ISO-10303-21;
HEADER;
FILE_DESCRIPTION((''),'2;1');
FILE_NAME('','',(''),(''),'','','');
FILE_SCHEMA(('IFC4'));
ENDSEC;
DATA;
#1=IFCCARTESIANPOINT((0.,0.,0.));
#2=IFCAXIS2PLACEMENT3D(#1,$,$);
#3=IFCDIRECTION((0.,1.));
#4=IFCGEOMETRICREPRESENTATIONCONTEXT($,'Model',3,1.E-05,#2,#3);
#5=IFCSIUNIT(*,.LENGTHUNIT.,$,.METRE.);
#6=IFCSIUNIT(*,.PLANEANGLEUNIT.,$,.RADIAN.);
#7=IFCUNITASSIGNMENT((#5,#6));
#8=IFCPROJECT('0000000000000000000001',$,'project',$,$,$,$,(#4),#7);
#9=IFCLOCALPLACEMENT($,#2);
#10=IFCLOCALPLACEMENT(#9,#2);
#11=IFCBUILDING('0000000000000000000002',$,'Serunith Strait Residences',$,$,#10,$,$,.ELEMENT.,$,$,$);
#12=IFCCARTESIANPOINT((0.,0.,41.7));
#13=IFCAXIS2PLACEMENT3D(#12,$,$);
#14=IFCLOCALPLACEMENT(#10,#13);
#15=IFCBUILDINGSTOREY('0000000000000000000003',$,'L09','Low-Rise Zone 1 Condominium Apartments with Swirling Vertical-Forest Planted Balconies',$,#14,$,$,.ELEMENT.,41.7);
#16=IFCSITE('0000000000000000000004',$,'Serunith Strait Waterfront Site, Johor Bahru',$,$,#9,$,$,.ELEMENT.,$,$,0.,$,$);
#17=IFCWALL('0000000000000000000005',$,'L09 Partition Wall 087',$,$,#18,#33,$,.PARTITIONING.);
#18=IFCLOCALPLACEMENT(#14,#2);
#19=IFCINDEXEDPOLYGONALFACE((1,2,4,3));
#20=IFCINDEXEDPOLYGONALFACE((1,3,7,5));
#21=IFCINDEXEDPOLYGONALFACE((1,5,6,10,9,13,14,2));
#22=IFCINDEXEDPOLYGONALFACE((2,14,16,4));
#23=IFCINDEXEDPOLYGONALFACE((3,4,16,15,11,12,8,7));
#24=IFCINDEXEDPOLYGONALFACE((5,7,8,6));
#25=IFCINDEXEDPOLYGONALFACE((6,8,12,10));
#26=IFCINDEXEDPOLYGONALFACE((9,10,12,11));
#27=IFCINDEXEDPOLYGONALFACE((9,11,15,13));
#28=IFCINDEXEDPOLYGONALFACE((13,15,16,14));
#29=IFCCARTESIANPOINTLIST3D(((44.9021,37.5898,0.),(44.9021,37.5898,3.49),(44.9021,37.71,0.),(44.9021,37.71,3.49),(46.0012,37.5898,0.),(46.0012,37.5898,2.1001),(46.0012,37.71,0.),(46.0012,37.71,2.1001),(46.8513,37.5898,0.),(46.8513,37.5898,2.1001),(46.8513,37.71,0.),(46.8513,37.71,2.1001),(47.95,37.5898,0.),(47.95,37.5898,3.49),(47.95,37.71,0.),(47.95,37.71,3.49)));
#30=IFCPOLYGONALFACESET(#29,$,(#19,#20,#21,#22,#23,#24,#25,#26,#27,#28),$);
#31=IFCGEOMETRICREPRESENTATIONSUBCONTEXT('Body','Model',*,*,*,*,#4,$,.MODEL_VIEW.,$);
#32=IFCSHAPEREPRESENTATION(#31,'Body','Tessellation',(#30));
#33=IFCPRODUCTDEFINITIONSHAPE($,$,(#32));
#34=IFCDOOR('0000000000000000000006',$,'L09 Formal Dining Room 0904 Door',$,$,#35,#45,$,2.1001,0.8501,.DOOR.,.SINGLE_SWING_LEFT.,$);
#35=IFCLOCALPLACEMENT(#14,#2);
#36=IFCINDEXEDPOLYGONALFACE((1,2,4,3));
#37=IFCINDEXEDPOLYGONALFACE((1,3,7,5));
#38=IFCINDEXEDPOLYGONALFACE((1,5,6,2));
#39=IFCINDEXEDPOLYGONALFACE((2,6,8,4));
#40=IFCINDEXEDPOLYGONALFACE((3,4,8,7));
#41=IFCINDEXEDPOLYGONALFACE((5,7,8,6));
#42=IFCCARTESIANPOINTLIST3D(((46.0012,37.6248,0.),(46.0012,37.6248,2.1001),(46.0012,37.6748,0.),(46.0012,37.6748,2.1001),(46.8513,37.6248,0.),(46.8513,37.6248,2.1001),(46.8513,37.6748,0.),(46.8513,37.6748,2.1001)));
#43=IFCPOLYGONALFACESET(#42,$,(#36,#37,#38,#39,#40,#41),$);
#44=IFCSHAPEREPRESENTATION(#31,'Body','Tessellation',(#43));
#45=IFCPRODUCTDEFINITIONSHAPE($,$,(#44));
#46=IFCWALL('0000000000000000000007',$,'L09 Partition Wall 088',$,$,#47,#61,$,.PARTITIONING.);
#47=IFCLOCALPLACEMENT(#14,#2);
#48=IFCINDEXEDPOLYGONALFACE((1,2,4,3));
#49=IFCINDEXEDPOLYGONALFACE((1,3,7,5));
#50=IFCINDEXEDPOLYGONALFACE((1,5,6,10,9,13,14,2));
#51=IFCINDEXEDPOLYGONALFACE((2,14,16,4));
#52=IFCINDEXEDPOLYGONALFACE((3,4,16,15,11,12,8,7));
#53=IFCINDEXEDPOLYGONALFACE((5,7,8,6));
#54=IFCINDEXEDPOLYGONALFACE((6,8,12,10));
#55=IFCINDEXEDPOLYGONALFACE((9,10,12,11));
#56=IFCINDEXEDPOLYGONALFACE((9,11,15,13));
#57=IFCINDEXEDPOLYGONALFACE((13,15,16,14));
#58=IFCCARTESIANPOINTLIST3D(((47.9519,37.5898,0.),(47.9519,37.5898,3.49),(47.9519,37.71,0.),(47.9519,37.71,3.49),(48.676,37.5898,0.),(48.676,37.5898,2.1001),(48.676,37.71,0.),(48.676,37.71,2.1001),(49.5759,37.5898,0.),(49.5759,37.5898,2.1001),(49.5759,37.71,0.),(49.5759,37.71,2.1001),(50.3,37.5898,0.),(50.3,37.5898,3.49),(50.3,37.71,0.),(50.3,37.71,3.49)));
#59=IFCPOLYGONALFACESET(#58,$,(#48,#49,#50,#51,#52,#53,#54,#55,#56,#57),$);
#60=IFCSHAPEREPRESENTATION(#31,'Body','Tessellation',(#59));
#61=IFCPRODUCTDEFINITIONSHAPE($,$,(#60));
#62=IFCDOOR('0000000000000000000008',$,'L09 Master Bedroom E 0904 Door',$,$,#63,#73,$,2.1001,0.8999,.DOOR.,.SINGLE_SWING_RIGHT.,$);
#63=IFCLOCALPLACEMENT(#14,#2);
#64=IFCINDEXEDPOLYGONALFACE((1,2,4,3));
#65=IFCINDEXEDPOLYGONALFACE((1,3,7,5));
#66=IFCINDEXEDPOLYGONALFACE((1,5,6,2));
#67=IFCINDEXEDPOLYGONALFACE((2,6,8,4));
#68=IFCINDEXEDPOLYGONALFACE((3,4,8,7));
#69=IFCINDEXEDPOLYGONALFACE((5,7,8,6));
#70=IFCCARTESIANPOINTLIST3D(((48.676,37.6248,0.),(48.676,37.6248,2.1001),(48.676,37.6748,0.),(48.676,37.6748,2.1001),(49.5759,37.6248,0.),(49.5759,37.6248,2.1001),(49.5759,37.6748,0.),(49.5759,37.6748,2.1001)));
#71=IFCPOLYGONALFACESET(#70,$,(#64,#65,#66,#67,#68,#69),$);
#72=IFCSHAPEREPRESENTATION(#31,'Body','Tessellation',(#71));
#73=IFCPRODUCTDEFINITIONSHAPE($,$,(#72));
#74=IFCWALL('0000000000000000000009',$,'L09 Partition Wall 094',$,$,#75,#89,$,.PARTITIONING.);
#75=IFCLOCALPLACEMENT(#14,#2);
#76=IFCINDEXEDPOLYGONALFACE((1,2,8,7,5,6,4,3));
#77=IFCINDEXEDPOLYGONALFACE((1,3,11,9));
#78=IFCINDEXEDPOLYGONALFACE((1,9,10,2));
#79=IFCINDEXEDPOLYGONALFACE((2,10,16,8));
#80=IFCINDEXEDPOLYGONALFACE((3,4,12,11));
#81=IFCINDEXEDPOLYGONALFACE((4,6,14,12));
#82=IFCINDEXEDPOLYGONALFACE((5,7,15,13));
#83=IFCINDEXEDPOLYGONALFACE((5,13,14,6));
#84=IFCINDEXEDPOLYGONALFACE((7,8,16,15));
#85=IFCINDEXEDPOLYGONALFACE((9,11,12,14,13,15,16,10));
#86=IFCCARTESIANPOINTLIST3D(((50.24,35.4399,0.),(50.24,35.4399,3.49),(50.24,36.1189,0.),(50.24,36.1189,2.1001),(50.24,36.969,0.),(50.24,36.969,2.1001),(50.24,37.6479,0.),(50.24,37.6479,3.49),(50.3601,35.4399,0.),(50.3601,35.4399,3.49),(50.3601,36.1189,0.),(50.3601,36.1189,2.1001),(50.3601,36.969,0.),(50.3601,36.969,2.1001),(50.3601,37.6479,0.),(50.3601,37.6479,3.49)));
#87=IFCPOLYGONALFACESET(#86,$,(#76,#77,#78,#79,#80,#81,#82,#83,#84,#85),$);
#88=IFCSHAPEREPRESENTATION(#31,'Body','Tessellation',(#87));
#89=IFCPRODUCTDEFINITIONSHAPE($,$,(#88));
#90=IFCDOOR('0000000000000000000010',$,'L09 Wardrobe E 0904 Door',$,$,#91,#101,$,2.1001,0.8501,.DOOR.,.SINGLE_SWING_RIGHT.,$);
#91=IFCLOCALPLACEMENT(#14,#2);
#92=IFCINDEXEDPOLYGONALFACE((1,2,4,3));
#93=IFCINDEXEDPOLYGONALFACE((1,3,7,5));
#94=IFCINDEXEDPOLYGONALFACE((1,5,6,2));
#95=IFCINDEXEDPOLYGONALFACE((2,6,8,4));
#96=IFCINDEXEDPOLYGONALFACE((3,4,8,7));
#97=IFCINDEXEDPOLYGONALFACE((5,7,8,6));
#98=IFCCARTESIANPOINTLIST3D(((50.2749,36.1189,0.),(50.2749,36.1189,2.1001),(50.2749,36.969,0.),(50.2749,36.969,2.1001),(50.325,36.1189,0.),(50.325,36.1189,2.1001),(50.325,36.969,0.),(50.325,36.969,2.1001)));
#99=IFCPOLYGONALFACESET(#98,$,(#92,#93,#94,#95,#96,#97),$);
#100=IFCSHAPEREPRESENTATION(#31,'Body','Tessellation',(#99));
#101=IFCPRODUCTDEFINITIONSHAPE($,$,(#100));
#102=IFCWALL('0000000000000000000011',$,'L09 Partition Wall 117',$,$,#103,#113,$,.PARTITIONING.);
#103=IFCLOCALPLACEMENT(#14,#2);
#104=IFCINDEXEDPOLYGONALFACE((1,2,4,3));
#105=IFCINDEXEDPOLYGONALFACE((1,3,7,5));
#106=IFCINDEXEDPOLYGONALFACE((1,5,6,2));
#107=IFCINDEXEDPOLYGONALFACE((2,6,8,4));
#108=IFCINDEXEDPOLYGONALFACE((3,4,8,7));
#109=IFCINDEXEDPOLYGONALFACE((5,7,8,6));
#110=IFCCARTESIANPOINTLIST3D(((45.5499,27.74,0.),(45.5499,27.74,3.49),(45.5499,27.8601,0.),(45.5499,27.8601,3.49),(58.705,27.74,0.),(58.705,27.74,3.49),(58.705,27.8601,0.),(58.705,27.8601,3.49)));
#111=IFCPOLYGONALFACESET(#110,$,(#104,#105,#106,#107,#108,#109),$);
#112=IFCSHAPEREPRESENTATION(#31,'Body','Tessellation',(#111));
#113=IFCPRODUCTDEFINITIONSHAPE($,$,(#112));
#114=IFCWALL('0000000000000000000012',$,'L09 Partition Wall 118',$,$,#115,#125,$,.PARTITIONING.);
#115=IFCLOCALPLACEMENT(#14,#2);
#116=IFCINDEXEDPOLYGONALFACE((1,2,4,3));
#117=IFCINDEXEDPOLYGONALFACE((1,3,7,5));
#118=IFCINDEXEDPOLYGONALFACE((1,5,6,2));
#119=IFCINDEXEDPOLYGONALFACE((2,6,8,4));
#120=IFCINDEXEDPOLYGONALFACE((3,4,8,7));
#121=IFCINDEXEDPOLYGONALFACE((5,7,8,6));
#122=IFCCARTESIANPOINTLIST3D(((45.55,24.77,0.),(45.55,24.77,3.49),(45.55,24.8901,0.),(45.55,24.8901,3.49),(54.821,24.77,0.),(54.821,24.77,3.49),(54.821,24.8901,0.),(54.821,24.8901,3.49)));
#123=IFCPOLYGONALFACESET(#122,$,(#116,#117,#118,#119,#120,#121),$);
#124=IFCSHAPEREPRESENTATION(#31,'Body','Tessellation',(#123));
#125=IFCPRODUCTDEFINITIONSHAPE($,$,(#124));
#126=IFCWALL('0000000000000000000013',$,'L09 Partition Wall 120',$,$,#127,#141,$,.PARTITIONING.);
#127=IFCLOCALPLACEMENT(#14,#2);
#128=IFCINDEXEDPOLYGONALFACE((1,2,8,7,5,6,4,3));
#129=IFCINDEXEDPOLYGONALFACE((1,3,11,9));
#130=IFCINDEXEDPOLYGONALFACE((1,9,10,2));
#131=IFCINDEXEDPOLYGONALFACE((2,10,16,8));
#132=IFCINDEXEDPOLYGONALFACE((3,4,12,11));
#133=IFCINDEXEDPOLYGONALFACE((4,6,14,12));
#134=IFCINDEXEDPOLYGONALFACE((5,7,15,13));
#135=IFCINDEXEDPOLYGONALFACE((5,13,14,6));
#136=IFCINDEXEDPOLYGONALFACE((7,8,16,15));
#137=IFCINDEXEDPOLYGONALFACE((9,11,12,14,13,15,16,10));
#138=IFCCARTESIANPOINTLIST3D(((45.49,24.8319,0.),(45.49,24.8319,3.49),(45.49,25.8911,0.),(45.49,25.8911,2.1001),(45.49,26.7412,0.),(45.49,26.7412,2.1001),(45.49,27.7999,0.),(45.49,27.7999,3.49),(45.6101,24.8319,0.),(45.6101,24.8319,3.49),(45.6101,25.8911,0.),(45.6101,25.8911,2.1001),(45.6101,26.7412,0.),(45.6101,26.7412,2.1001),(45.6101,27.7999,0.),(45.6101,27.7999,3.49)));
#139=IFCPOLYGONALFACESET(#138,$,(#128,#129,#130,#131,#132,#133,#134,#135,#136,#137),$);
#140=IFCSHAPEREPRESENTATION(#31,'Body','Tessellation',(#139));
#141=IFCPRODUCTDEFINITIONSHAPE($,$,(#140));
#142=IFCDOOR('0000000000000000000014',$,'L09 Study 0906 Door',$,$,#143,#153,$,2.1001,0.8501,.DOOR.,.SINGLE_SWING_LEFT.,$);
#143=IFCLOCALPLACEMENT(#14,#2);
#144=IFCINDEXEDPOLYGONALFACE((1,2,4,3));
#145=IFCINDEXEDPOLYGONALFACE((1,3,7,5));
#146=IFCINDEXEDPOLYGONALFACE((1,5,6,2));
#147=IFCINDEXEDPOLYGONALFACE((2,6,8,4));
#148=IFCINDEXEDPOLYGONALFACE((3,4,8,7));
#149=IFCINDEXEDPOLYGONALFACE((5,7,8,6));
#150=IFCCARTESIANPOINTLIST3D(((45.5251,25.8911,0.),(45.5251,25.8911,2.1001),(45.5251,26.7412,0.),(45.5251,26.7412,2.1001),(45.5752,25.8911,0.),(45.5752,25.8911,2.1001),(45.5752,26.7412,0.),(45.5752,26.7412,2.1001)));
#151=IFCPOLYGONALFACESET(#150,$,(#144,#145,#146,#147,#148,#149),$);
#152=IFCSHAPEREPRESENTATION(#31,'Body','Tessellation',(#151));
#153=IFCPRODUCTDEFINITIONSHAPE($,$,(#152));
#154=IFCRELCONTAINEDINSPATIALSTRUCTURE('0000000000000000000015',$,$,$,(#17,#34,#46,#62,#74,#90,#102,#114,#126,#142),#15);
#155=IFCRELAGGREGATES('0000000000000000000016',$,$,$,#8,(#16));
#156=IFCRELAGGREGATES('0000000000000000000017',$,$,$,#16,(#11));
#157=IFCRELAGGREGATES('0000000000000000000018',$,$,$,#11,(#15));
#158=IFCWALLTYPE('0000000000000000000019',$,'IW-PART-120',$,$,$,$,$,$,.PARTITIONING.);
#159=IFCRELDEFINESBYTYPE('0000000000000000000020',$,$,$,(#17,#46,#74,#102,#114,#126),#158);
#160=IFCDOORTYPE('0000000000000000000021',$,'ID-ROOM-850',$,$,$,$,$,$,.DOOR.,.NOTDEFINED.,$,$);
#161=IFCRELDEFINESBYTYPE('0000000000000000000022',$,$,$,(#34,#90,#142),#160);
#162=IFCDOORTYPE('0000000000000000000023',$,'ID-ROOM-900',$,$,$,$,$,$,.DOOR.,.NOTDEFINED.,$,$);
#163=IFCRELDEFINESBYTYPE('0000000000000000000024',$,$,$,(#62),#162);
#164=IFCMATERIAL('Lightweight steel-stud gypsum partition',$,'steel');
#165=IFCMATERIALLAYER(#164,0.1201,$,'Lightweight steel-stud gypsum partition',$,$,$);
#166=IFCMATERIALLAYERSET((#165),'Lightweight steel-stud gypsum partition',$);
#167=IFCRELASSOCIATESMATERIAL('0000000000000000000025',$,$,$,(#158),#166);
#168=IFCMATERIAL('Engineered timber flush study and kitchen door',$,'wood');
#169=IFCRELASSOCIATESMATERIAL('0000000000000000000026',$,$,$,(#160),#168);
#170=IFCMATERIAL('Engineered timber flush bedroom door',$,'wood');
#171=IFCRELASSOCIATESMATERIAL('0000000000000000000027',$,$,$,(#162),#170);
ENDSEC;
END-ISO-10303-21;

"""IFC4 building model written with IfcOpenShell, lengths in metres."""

from ifc_helpers import new_model, si_unit, direction, frame, frame_2d, origin, place, context, subcontext, project, spatial, rectangle, extrude, source, transform, mapped, material, layer, layer_set, type_object, element, fill, save


model = new_model("IFC4")

# Units and contexts
model_context = context("Model", 3, precision=1e-05, world=origin(), true_north=direction((0.0, 1.0)))
body_context = subcontext(model_context, "Body", "Model", "MODEL_VIEW")
ifc_project = project(units=[si_unit("LENGTHUNIT", "METRE"), si_unit("PLANEANGLEUNIT", "RADIAN")], contexts=[model_context])

# Site, building, storey
site_placement = place(None, origin())
site = spatial("IfcSite", under=ifc_project, at=site_placement, Name="Serunith Strait Waterfront Site, Johor Bahru", CompositionType="ELEMENT", RefElevation=0.0)
building_placement = place(site_placement, origin())
building = spatial("IfcBuilding", under=site, at=building_placement, Name="Serunith Strait Residences", CompositionType="ELEMENT")
storey_placement = place(building_placement, frame((0.0, 0.0, 41.7)))
storey = spatial("IfcBuildingStorey", under=building, at=storey_placement, Name="L09", Description="Low-Rise Zone 1 Condominium Apartments with Swirling Vertical-Forest Planted Balconies", CompositionType="ELEMENT", Elevation=41.7)

# Walls, openings, doors
ifc_material_1 = material(Name="Lightweight steel-stud gypsum partition", Category="steel")
ifc_layer_1 = layer(ifc_material_1, 0.1201, Name="Lightweight steel-stud gypsum partition")
ifc_layer_set_1 = layer_set([ifc_layer_1], Name="Lightweight steel-stud gypsum partition")
wall_type = type_object("IfcWallType", Name="IW-PART-120", PredefinedType="PARTITIONING", material=ifc_layer_set_1)
wall_1_placement = place(storey_placement, frame((44.9021, 37.6499, 0.0), z_axis=(0.0, 0.0, 1.0), x_axis=(1.0, 0.0, 0.0)))
wall_1 = element("IfcWall", 1, at=wall_1_placement, inside=storey, type_object=wall_type, Name="L09 Partition Wall 087", PredefinedType="PARTITIONING", context=body_context, shape_type="SweptSolid", body=[
    extrude(rectangle(XDim=3.0479, YDim=0.1201, at=frame_2d((1.5239, 0.0))), origin(), (0.0, 0.0, 1.0), 3.49),
])
opening_1_placement = place(wall_1_placement, frame((1.0991, 0.0, 0.0)))
opening_1 = element("IfcOpeningElement", 2, at=opening_1_placement, cuts=wall_1, PredefinedType="OPENING", context=body_context, shape_type="SweptSolid", body=[
    extrude(rectangle(XDim=0.8501, YDim=2.1001, at=frame_2d((0.425, 1.05))), frame((0.0, 0.0701, 0.0), z_axis=(0.0, -1.0, 0.0), x_axis=(1.0, 0.0, 0.0)), (0.0, 0.0, 1.0), 0.1401),
])
ifc_material_2 = material(Name="Engineered timber flush study and kitchen door", Category="wood")
door_type_1 = type_object("IfcDoorType", Name="ID-ROOM-850", OperationType="NOTDEFINED", PredefinedType="DOOR", material=ifc_material_2)
shared_shape_1 = source(origin(), body_context, "Body", "SweptSolid", [
    extrude(rectangle(XDim=0.8501, YDim=2.1001, at=frame_2d((0.425, 1.05))), frame((0.0, 0.0249, 0.0), z_axis=(0.0, -1.0, 0.0), x_axis=(1.0, 0.0, 0.0)), (0.0, 0.0, 1.0), 0.05),
])
door_1_placement = place(opening_1_placement, origin())
door_1 = element("IfcDoor", 3, at=door_1_placement, inside=storey, type_object=door_type_1, Name="L09 Formal Dining Room 0904 Door", OperationType="SINGLE_SWING_LEFT", OverallHeight=2.1001, OverallWidth=0.8501, PredefinedType="DOOR", context=body_context, shape_type="MappedRepresentation", body=[
    mapped(shared_shape_1, transform((0.0, 0.0, 0.0), scale=1.0)),
])
fill(opening_1, door_1)
wall_2_placement = place(storey_placement, frame((47.9519, 37.6499, 0.0), z_axis=(0.0, 0.0, 1.0), x_axis=(1.0, 0.0, 0.0)))
wall_2 = element("IfcWall", 4, at=wall_2_placement, inside=storey, type_object=wall_type, Name="L09 Partition Wall 088", PredefinedType="PARTITIONING", context=body_context, shape_type="SweptSolid", body=[
    extrude(rectangle(XDim=2.3481, YDim=0.1201, at=frame_2d((1.1741, 0.0))), origin(), (0.0, 0.0, 1.0), 3.49),
])
opening_2_placement = place(wall_2_placement, frame((0.7241, 0.0, 0.0)))
opening_2 = element("IfcOpeningElement", 5, at=opening_2_placement, cuts=wall_2, PredefinedType="OPENING", context=body_context, shape_type="SweptSolid", body=[
    extrude(rectangle(XDim=0.8999, YDim=2.1001, at=frame_2d((0.45, 1.05))), frame((0.0, 0.0701, 0.0), z_axis=(0.0, -1.0, 0.0), x_axis=(1.0, 0.0, 0.0)), (0.0, 0.0, 1.0), 0.1401),
])
ifc_material_3 = material(Name="Engineered timber flush bedroom door", Category="wood")
door_type_2 = type_object("IfcDoorType", Name="ID-ROOM-900", OperationType="NOTDEFINED", PredefinedType="DOOR", material=ifc_material_3)
shared_shape_2 = source(origin(), body_context, "Body", "SweptSolid", [
    extrude(rectangle(XDim=0.8999, YDim=2.1001, at=frame_2d((0.45, 1.05))), frame((0.0, 0.0249, 0.0), z_axis=(0.0, -1.0, 0.0), x_axis=(1.0, 0.0, 0.0)), (0.0, 0.0, 1.0), 0.05),
])
door_2_placement = place(opening_2_placement, origin())
door_2 = element("IfcDoor", 6, at=door_2_placement, inside=storey, type_object=door_type_2, Name="L09 Master Bedroom E 0904 Door", OperationType="SINGLE_SWING_RIGHT", OverallHeight=2.1001, OverallWidth=0.8999, PredefinedType="DOOR", context=body_context, shape_type="MappedRepresentation", body=[
    mapped(shared_shape_2, transform((0.0, 0.0, 0.0), scale=1.0)),
])
fill(opening_2, door_2)
wall_3_placement = place(storey_placement, frame((50.3, 37.6479, 0.0), z_axis=(0.0, 0.0, 1.0), x_axis=(0.0, -1.0, 0.0)))
wall_3 = element("IfcWall", 7, at=wall_3_placement, inside=storey, type_object=wall_type, Name="L09 Partition Wall 094", PredefinedType="PARTITIONING", context=body_context, shape_type="SweptSolid", body=[
    extrude(rectangle(XDim=2.208, YDim=0.1201, at=frame_2d((1.104, 0.0))), origin(), (0.0, 0.0, 1.0), 3.49),
])
opening_3_placement = place(wall_3_placement, frame((0.679, 0.0, 0.0)))
opening_3 = element("IfcOpeningElement", 8, at=opening_3_placement, cuts=wall_3, PredefinedType="OPENING", context=body_context, shape_type="SweptSolid", body=[
    extrude(rectangle(XDim=0.8501, YDim=2.1001, at=frame_2d((0.425, 1.05))), frame((0.0, 0.0701, 0.0), z_axis=(0.0, -1.0, 0.0), x_axis=(1.0, 0.0, 0.0)), (0.0, 0.0, 1.0), 0.1401),
])
door_3_placement = place(opening_3_placement, origin())
door_3 = element("IfcDoor", 9, at=door_3_placement, inside=storey, type_object=door_type_1, Name="L09 Wardrobe E 0904 Door", OperationType="SINGLE_SWING_RIGHT", OverallHeight=2.1001, OverallWidth=0.8501, PredefinedType="DOOR", context=body_context, shape_type="MappedRepresentation", body=[
    mapped(shared_shape_1, transform((0.0, 0.0, 0.0), scale=1.0)),
])
fill(opening_3, door_3)

# Walls
wall_4_placement = place(storey_placement, frame((58.7051, 27.8, 0.0), z_axis=(0.0, 0.0, 1.0), x_axis=(-1.0, 0.0, 0.0)))
element("IfcWall", 10, at=wall_4_placement, inside=storey, type_object=wall_type, Name="L09 Partition Wall 117", PredefinedType="PARTITIONING", context=body_context, shape_type="SweptSolid", body=[
    extrude(rectangle(XDim=13.155, YDim=0.1201, at=frame_2d((6.5776, 0.0))), origin(), (0.0, 0.0, 1.0), 3.49),
])
wall_5_placement = place(storey_placement, frame((54.821, 24.8301, 0.0), z_axis=(0.0, 0.0, 1.0), x_axis=(-1.0, 0.0, 0.0)))
element("IfcWall", 11, at=wall_5_placement, inside=storey, type_object=wall_type, Name="L09 Partition Wall 118", PredefinedType="PARTITIONING", context=body_context, shape_type="SweptSolid", body=[
    extrude(rectangle(XDim=9.271, YDim=0.1201, at=frame_2d((4.6355, 0.0))), origin(), (0.0, 0.0, 1.0), 3.49),
])

# Wall, opening, door
wall_6_placement = place(storey_placement, frame((45.55, 24.832, 0.0), z_axis=(0.0, 0.0, 1.0), x_axis=(0.0, 1.0, 0.0)))
wall_6 = element("IfcWall", 12, at=wall_6_placement, inside=storey, type_object=wall_type, Name="L09 Partition Wall 120", PredefinedType="PARTITIONING", context=body_context, shape_type="SweptSolid", body=[
    extrude(rectangle(XDim=2.968, YDim=0.1201, at=frame_2d((1.4839, 0.0))), origin(), (0.0, 0.0, 1.0), 3.49),
])
opening_4_placement = place(wall_6_placement, frame((1.0591, 0.0, 0.0)))
opening_4 = element("IfcOpeningElement", 13, at=opening_4_placement, cuts=wall_6, PredefinedType="OPENING", context=body_context, shape_type="SweptSolid", body=[
    extrude(rectangle(XDim=0.8501, YDim=2.1001, at=frame_2d((0.425, 1.05))), frame((0.0, 0.0701, 0.0), z_axis=(0.0, -1.0, 0.0), x_axis=(1.0, 0.0, 0.0)), (0.0, 0.0, 1.0), 0.1401),
])
door_4_placement = place(opening_4_placement, origin())
door_4 = element("IfcDoor", 14, at=door_4_placement, inside=storey, type_object=door_type_1, Name="L09 Study 0906 Door", OperationType="SINGLE_SWING_LEFT", OverallHeight=2.1001, OverallWidth=0.8501, PredefinedType="DOOR", context=body_context, shape_type="MappedRepresentation", body=[
    mapped(shared_shape_1, transform((0.0, 0.0, 0.0), scale=1.0)),
])
fill(opening_4, door_4)

save(model, "model.ifc")
